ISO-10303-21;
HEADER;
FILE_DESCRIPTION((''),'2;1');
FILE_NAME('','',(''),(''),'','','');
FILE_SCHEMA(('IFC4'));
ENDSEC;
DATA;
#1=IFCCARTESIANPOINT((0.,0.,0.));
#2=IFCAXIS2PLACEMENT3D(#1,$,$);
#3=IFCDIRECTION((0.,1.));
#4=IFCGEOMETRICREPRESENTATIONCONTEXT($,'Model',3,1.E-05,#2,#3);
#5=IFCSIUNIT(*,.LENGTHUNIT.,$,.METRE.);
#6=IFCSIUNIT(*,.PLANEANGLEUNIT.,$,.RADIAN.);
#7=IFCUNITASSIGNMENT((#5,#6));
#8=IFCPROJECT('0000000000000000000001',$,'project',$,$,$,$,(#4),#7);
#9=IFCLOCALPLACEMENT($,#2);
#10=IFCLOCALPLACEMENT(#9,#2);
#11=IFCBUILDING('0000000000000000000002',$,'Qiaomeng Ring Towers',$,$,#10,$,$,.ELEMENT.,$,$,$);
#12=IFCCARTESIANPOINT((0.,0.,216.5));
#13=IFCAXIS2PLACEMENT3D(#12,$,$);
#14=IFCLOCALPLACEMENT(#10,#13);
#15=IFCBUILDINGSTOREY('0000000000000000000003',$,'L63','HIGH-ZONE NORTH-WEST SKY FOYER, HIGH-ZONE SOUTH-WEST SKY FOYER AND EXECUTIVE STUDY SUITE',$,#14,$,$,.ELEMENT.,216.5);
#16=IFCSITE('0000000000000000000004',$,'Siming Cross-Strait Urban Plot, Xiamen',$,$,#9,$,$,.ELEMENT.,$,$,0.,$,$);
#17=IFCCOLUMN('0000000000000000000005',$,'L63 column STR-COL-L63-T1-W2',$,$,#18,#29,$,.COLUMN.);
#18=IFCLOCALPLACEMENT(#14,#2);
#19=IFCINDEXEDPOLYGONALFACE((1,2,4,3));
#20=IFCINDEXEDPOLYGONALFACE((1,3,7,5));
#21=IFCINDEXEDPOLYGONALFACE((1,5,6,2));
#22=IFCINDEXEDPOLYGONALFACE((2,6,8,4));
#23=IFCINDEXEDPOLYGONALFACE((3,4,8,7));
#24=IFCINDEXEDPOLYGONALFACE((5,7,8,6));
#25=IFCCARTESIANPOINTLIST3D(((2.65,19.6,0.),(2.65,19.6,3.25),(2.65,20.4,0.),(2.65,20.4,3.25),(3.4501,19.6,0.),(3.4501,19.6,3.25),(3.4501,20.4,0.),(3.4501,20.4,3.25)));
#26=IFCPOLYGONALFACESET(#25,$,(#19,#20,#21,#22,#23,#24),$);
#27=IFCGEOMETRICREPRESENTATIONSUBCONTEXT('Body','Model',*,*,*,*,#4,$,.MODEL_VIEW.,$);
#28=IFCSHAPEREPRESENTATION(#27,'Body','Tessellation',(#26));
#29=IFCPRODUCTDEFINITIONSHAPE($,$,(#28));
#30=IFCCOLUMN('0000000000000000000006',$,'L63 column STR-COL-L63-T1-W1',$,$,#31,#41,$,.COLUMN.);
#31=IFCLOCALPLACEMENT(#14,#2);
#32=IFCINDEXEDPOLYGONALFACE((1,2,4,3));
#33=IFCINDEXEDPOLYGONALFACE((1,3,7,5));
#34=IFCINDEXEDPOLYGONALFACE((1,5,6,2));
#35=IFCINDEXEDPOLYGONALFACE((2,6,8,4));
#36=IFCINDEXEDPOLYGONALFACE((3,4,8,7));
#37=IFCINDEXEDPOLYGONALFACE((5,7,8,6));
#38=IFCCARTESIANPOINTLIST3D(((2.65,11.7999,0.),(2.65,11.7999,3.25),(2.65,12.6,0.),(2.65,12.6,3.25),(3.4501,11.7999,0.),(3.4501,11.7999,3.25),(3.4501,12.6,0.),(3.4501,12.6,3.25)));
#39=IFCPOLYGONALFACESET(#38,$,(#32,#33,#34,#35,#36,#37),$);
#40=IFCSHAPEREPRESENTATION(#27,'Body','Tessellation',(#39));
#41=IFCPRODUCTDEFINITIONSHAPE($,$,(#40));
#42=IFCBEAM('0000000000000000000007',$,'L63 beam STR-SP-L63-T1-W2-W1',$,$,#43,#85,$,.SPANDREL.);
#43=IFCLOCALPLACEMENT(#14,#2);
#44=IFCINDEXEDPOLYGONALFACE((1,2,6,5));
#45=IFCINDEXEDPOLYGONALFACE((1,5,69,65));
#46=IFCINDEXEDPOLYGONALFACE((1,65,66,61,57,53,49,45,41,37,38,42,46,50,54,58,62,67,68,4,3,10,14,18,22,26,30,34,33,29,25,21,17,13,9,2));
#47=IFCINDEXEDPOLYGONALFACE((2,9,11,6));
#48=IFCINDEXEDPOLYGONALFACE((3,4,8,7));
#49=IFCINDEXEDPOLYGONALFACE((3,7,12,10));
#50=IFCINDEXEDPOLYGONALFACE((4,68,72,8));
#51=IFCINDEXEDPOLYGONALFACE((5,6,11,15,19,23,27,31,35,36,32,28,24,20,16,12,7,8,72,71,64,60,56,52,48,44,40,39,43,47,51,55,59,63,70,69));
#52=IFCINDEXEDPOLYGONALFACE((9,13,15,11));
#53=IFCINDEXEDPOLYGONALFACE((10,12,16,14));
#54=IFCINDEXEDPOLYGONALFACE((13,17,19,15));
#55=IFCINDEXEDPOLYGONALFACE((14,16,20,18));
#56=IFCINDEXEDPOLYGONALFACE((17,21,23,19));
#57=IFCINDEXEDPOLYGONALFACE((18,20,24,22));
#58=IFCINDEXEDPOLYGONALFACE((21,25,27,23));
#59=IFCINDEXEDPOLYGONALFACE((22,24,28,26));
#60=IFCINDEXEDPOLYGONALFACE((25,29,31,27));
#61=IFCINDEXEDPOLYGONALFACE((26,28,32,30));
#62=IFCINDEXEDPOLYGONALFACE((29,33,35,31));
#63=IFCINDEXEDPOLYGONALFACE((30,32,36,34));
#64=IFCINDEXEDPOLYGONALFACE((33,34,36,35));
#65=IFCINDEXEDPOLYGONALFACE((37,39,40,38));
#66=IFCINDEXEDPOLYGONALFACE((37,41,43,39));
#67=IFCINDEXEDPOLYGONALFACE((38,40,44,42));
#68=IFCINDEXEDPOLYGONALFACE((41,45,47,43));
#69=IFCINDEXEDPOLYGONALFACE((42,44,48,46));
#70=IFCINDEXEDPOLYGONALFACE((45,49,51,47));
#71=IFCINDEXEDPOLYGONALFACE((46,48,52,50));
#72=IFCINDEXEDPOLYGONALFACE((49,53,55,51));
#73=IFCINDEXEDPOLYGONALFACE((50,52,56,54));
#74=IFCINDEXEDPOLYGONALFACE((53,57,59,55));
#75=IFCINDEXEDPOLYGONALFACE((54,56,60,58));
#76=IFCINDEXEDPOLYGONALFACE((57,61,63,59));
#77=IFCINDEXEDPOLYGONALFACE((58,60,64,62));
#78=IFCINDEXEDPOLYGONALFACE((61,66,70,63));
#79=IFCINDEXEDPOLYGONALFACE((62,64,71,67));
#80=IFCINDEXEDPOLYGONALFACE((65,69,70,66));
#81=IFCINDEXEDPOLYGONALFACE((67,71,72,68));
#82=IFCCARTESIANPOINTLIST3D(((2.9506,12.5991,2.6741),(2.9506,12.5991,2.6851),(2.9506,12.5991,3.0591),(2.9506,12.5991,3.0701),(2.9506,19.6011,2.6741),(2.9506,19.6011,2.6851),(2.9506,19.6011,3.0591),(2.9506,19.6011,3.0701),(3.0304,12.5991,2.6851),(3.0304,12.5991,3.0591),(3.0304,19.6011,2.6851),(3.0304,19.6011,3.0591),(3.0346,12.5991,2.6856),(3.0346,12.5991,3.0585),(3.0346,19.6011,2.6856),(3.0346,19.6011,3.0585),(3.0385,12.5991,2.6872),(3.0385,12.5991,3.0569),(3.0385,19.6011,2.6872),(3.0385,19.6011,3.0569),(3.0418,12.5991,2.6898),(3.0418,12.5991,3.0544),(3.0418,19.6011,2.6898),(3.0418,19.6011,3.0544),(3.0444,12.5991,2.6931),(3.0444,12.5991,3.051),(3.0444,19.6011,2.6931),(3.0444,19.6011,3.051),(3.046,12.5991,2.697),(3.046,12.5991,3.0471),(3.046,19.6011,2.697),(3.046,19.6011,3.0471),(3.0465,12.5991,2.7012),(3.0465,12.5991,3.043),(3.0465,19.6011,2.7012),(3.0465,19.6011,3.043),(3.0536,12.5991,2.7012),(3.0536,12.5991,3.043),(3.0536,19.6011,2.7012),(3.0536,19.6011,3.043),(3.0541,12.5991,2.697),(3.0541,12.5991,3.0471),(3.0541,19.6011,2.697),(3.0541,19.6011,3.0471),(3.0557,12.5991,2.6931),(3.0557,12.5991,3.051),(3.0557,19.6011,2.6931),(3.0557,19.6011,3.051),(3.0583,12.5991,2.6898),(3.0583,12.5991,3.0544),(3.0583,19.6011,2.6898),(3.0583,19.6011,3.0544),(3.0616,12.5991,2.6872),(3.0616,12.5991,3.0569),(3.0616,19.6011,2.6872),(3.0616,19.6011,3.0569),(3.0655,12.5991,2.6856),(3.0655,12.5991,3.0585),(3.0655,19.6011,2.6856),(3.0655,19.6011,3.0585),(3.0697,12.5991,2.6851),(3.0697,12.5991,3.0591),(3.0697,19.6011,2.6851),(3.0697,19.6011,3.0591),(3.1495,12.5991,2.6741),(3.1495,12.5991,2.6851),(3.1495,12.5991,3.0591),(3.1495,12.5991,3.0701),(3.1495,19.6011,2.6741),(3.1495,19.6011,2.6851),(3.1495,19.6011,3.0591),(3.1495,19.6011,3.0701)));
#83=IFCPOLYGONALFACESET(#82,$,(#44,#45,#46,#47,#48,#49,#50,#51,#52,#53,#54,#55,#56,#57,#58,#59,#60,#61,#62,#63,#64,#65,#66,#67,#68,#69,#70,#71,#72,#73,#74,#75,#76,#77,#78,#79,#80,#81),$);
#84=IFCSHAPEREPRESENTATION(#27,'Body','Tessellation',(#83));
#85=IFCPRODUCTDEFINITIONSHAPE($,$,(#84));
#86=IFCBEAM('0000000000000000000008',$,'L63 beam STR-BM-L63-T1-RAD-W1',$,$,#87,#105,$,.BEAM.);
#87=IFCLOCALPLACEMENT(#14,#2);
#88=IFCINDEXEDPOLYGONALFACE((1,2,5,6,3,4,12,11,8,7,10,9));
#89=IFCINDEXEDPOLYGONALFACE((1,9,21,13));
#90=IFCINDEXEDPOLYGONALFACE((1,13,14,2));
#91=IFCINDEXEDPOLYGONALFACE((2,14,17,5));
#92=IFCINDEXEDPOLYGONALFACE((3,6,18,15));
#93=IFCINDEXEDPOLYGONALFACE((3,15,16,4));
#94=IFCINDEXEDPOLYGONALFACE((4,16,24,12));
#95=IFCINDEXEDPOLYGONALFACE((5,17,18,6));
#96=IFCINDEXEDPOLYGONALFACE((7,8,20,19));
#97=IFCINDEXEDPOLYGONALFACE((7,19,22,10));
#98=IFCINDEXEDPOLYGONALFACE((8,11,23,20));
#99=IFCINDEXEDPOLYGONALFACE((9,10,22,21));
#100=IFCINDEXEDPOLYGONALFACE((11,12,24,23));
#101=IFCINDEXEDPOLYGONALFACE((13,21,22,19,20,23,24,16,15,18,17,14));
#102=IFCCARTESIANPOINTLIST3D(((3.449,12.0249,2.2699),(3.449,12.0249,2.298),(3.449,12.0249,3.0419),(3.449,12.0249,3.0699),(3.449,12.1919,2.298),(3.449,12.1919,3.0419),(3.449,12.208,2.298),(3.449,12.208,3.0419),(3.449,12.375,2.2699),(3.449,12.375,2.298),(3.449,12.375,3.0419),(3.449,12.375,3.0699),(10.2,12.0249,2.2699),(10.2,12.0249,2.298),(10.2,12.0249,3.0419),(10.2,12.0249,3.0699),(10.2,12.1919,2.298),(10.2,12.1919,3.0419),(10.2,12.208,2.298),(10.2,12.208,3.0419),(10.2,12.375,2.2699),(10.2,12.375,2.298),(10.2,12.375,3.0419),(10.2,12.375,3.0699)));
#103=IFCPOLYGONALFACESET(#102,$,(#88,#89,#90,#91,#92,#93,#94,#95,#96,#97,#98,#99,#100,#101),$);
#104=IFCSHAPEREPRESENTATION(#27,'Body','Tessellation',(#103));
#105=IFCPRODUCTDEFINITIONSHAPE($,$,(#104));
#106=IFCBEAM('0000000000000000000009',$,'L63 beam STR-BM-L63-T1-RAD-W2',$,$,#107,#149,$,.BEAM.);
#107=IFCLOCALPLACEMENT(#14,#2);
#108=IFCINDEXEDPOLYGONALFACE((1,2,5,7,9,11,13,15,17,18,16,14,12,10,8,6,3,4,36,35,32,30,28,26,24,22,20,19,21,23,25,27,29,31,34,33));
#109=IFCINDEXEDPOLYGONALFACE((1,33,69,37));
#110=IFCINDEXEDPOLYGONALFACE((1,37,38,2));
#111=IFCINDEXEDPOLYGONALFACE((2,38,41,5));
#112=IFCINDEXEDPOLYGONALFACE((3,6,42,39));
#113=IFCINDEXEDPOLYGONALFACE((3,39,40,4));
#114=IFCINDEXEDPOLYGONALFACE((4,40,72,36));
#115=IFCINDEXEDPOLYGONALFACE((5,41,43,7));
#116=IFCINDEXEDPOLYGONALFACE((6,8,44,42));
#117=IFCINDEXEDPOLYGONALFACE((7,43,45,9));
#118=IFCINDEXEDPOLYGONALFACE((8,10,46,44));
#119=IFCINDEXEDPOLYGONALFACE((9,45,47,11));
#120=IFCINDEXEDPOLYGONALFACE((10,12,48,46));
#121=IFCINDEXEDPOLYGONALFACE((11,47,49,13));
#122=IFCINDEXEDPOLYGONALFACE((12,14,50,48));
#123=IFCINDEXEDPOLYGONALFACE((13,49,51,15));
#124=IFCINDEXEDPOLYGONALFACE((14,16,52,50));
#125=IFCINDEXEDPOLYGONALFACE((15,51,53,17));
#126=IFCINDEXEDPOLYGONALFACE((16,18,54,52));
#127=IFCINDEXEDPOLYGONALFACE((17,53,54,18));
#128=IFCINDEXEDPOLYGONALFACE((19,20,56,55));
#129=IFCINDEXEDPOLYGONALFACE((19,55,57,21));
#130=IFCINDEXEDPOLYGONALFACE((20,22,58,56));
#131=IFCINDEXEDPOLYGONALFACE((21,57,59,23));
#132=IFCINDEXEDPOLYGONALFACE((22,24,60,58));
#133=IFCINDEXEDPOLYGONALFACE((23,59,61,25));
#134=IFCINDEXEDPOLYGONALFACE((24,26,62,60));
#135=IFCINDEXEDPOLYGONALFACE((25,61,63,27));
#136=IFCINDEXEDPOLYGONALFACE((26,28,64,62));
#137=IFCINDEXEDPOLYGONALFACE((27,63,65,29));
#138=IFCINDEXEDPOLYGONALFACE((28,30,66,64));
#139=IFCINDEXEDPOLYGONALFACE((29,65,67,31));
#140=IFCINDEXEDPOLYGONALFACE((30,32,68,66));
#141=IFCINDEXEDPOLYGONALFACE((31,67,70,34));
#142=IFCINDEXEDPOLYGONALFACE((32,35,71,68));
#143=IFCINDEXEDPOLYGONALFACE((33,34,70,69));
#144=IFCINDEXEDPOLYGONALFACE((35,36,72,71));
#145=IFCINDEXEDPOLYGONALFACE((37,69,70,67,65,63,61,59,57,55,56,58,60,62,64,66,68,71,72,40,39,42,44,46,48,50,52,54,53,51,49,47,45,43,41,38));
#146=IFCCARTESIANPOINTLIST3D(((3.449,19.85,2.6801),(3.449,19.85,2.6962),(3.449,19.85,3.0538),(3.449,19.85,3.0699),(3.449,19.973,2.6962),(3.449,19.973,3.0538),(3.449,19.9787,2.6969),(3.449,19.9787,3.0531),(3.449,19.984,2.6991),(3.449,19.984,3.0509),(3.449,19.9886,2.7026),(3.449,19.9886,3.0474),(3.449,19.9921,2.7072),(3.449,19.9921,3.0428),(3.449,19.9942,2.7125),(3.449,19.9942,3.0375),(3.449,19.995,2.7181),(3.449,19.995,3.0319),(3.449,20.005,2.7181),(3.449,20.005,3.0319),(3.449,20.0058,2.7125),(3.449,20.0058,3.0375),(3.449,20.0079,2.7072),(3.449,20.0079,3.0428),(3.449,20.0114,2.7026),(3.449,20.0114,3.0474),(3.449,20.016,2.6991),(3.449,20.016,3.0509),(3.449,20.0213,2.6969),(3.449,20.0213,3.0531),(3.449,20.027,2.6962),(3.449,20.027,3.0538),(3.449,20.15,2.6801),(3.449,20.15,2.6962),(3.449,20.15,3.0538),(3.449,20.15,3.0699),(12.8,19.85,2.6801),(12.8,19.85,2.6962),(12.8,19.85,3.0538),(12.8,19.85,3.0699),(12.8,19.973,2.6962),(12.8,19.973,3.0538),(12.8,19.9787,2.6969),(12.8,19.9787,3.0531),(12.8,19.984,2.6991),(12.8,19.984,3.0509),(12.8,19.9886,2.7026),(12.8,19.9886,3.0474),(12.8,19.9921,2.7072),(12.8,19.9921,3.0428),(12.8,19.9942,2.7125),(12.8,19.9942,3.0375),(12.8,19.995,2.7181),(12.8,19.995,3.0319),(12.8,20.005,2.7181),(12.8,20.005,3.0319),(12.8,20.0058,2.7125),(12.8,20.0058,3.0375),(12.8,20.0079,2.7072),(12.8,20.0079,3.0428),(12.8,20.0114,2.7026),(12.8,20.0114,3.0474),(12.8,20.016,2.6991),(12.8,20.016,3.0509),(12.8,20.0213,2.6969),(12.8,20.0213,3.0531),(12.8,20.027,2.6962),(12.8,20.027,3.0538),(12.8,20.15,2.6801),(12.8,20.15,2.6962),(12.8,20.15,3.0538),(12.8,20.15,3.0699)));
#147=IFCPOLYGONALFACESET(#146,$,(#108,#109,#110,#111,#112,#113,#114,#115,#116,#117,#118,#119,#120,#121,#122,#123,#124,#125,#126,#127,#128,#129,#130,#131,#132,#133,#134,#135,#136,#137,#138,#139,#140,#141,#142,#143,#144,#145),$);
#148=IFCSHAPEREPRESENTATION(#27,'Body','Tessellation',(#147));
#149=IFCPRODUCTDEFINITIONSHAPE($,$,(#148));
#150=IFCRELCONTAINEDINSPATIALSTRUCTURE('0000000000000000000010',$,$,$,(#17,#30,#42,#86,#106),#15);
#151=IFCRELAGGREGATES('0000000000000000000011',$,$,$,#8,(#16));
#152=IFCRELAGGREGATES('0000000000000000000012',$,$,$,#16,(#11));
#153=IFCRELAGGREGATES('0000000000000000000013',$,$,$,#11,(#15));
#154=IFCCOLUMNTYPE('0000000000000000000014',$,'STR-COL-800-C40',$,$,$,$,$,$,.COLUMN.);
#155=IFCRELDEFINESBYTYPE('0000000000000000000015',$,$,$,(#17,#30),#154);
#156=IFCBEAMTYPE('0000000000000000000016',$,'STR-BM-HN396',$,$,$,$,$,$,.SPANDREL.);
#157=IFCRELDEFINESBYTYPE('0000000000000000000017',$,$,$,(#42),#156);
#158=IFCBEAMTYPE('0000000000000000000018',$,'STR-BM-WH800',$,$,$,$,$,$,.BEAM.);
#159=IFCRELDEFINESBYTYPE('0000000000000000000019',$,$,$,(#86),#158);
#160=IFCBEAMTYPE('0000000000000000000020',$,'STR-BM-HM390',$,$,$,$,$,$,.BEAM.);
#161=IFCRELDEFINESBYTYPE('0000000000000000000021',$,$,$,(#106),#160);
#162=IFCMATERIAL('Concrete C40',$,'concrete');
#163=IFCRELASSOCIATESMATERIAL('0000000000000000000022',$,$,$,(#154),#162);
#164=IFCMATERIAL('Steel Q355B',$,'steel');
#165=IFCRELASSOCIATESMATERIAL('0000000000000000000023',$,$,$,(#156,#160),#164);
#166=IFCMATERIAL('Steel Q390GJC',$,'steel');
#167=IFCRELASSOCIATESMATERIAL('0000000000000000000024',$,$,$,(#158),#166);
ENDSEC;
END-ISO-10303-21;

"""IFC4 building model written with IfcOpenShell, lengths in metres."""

from ifc_helpers import new_model, si_unit, direction, frame, origin, origin_2d, place, context, subcontext, project, spatial, rectangle, i_section, extrude, source, transform, mapped, material, material_profile, profile_set, type_object, element, save


model = new_model("IFC4")

# Units and contexts
model_context = context("Model", 3, precision=1e-05, world=origin(), true_north=direction((0.0, 1.0)))
body_context = subcontext(model_context, "Body", "Model", "MODEL_VIEW")
ifc_project = project(units=[si_unit("LENGTHUNIT", "METRE"), si_unit("PLANEANGLEUNIT", "RADIAN")], contexts=[model_context])

# Site, building, storey
site_placement = place(None, origin())
site = spatial("IfcSite", under=ifc_project, at=site_placement, Name="Siming Cross-Strait Urban Plot, Xiamen", CompositionType="ELEMENT", RefElevation=0.0)
building_placement = place(site_placement, origin())
building = spatial("IfcBuilding", under=site, at=building_placement, Name="Qiaomeng Ring Towers", CompositionType="ELEMENT")
storey_placement = place(building_placement, frame((0.0, 0.0, 216.5)))
storey = spatial("IfcBuildingStorey", under=building, at=storey_placement, Name="L63", Description="HIGH-ZONE NORTH-WEST SKY FOYER, HIGH-ZONE SOUTH-WEST SKY FOYER AND EXECUTIVE STUDY SUITE", CompositionType="ELEMENT", Elevation=216.5)

# Columns
ifc_material_1 = material(Name="Concrete C40", Category="concrete")
ifc_material_profile_1 = material_profile(ifc_material_1, rectangle(XDim=0.8, YDim=0.8, at=origin_2d()), Name="RC COL 800x800")
ifc_profile_set_1 = profile_set([ifc_material_profile_1], Name="Concrete C40")
column_type = type_object("IfcColumnType", Name="STR-COL-800-C40", PredefinedType="COLUMN", material=ifc_profile_set_1)
shared_shape_1 = source(origin(), body_context, "Body", "SweptSolid", [
    extrude(rectangle(XDim=0.8, YDim=0.8, at=origin_2d()), origin(), (0.0, 0.0, 1.0), 3.25),
])
for number, where, z_axis, x_axis, name in (
    (1, (3.05, 20.0, 0.0), (0.0, 0.0, 1.0), (1.0, 0.0, 0.0), "L63 column STR-COL-L63-T1-W2"),
    (2, (3.05, 12.2, 0.0), (0.0, 0.0, 1.0), (1.0, 0.0, 0.0), "L63 column STR-COL-L63-T1-W1"),
):
    element("IfcColumn", number, at=place(storey_placement, frame(where, z_axis=z_axis, x_axis=x_axis)), inside=storey, type_object=column_type, Name=name, PredefinedType="COLUMN", context=body_context, shape_type="MappedRepresentation", body=[
        mapped(shared_shape_1, transform((0.0, 0.0, 0.0), x_axis=(1.0, 0.0, 0.0), y_axis=(0.0, 1.0, 0.0), z_axis=(0.0, 0.0, 1.0), scale=1.0)),
    ])

# Beams
ifc_material_2 = material(Name="Steel Q355B", Category="steel")
ifc_material_profile_2 = material_profile(ifc_material_2, i_section(OverallWidth=0.199, OverallDepth=0.396, WebThickness=0.0071, FlangeThickness=0.011, FilletRadius=0.0161, at=origin_2d()), Name="HN 396x199x7x11")
ifc_profile_set_2 = profile_set([ifc_material_profile_2], Name="Steel Q355B")
beam_type_1 = type_object("IfcBeamType", Name="STR-BM-HN396", PredefinedType="SPANDREL", material=ifc_profile_set_2)
shared_shape_2 = source(origin(), body_context, "Body", "SweptSolid", [
    extrude(i_section(OverallWidth=0.199, OverallDepth=0.396, WebThickness=0.0071, FlangeThickness=0.011, FilletRadius=0.0161, at=origin_2d()), origin(), (0.0, 0.0, 1.0), 7.002),
])
beam_1_placement = place(storey_placement, frame((3.05, 19.6011, 2.8721), z_axis=(0.0, -1.0, 0.0), x_axis=(1.0, 0.0, 0.0)))
element("IfcBeam", 3, at=beam_1_placement, inside=storey, type_object=beam_type_1, Name="L63 beam STR-SP-L63-T1-W2-W1", PredefinedType="SPANDREL", context=body_context, shape_type="MappedRepresentation", body=[
    mapped(shared_shape_2, transform((0.0, 0.0, 0.0), x_axis=(1.0, 0.0, 0.0), y_axis=(0.0, 1.0, 0.0), z_axis=(0.0, 0.0, 1.0), scale=1.0)),
])
ifc_material_3 = material(Name="Steel Q390GJC", Category="steel")
ifc_material_profile_3 = material_profile(ifc_material_3, i_section(OverallWidth=0.3501, OverallDepth=0.8, WebThickness=0.0161, FlangeThickness=0.0281, at=origin_2d()), Name="WH 800x350x16x28")
ifc_profile_set_3 = profile_set([ifc_material_profile_3], Name="Steel Q390GJC")
beam_type_2 = type_object("IfcBeamType", Name="STR-BM-WH800", PredefinedType="BEAM", material=ifc_profile_set_3)
shared_shape_3 = source(origin(), body_context, "Body", "SweptSolid", [
    extrude(i_section(OverallWidth=0.3501, OverallDepth=0.8, WebThickness=0.0161, FlangeThickness=0.0281, at=origin_2d()), origin(), (0.0, 0.0, 1.0), 6.751),
])
beam_2_placement = place(storey_placement, frame((3.449, 12.2, 2.6699), z_axis=(1.0, 0.0, 0.0), x_axis=(0.0, 1.0, 0.0)))
element("IfcBeam", 4, at=beam_2_placement, inside=storey, type_object=beam_type_2, Name="L63 beam STR-BM-L63-T1-RAD-W1", PredefinedType="BEAM", context=body_context, shape_type="MappedRepresentation", body=[
    mapped(shared_shape_3, transform((0.0, 0.0, 0.0), x_axis=(1.0, 0.0, 0.0), y_axis=(0.0, 1.0, 0.0), z_axis=(0.0, 0.0, 1.0), scale=1.0)),
])
ifc_material_profile_4 = material_profile(ifc_material_2, i_section(OverallWidth=0.3, OverallDepth=0.3899, WebThickness=0.01, FlangeThickness=0.0161, FilletRadius=0.022, at=origin_2d()), Name="HM 390x300x10x16")
ifc_profile_set_4 = profile_set([ifc_material_profile_4], Name="Steel Q355B")
beam_type_3 = type_object("IfcBeamType", Name="STR-BM-HM390", PredefinedType="BEAM", material=ifc_profile_set_4)
shared_shape_4 = source(origin(), body_context, "Body", "SweptSolid", [
    extrude(i_section(OverallWidth=0.3, OverallDepth=0.3899, WebThickness=0.01, FlangeThickness=0.0161, FilletRadius=0.022, at=origin_2d()), origin(), (0.0, 0.0, 1.0), 9.3511),
])
beam_3_placement = place(storey_placement, frame((3.449, 20.0, 2.875), z_axis=(1.0, 0.0, 0.0), x_axis=(0.0, 1.0, 0.0)))
element("IfcBeam", 5, at=beam_3_placement, inside=storey, type_object=beam_type_3, Name="L63 beam STR-BM-L63-T1-RAD-W2", PredefinedType="BEAM", context=body_context, shape_type="MappedRepresentation", body=[
    mapped(shared_shape_4, transform((0.0, 0.0, 0.0), x_axis=(1.0, 0.0, 0.0), y_axis=(0.0, 1.0, 0.0), z_axis=(0.0, 0.0, 1.0), scale=1.0)),
])

save(model, "model.ifc")
